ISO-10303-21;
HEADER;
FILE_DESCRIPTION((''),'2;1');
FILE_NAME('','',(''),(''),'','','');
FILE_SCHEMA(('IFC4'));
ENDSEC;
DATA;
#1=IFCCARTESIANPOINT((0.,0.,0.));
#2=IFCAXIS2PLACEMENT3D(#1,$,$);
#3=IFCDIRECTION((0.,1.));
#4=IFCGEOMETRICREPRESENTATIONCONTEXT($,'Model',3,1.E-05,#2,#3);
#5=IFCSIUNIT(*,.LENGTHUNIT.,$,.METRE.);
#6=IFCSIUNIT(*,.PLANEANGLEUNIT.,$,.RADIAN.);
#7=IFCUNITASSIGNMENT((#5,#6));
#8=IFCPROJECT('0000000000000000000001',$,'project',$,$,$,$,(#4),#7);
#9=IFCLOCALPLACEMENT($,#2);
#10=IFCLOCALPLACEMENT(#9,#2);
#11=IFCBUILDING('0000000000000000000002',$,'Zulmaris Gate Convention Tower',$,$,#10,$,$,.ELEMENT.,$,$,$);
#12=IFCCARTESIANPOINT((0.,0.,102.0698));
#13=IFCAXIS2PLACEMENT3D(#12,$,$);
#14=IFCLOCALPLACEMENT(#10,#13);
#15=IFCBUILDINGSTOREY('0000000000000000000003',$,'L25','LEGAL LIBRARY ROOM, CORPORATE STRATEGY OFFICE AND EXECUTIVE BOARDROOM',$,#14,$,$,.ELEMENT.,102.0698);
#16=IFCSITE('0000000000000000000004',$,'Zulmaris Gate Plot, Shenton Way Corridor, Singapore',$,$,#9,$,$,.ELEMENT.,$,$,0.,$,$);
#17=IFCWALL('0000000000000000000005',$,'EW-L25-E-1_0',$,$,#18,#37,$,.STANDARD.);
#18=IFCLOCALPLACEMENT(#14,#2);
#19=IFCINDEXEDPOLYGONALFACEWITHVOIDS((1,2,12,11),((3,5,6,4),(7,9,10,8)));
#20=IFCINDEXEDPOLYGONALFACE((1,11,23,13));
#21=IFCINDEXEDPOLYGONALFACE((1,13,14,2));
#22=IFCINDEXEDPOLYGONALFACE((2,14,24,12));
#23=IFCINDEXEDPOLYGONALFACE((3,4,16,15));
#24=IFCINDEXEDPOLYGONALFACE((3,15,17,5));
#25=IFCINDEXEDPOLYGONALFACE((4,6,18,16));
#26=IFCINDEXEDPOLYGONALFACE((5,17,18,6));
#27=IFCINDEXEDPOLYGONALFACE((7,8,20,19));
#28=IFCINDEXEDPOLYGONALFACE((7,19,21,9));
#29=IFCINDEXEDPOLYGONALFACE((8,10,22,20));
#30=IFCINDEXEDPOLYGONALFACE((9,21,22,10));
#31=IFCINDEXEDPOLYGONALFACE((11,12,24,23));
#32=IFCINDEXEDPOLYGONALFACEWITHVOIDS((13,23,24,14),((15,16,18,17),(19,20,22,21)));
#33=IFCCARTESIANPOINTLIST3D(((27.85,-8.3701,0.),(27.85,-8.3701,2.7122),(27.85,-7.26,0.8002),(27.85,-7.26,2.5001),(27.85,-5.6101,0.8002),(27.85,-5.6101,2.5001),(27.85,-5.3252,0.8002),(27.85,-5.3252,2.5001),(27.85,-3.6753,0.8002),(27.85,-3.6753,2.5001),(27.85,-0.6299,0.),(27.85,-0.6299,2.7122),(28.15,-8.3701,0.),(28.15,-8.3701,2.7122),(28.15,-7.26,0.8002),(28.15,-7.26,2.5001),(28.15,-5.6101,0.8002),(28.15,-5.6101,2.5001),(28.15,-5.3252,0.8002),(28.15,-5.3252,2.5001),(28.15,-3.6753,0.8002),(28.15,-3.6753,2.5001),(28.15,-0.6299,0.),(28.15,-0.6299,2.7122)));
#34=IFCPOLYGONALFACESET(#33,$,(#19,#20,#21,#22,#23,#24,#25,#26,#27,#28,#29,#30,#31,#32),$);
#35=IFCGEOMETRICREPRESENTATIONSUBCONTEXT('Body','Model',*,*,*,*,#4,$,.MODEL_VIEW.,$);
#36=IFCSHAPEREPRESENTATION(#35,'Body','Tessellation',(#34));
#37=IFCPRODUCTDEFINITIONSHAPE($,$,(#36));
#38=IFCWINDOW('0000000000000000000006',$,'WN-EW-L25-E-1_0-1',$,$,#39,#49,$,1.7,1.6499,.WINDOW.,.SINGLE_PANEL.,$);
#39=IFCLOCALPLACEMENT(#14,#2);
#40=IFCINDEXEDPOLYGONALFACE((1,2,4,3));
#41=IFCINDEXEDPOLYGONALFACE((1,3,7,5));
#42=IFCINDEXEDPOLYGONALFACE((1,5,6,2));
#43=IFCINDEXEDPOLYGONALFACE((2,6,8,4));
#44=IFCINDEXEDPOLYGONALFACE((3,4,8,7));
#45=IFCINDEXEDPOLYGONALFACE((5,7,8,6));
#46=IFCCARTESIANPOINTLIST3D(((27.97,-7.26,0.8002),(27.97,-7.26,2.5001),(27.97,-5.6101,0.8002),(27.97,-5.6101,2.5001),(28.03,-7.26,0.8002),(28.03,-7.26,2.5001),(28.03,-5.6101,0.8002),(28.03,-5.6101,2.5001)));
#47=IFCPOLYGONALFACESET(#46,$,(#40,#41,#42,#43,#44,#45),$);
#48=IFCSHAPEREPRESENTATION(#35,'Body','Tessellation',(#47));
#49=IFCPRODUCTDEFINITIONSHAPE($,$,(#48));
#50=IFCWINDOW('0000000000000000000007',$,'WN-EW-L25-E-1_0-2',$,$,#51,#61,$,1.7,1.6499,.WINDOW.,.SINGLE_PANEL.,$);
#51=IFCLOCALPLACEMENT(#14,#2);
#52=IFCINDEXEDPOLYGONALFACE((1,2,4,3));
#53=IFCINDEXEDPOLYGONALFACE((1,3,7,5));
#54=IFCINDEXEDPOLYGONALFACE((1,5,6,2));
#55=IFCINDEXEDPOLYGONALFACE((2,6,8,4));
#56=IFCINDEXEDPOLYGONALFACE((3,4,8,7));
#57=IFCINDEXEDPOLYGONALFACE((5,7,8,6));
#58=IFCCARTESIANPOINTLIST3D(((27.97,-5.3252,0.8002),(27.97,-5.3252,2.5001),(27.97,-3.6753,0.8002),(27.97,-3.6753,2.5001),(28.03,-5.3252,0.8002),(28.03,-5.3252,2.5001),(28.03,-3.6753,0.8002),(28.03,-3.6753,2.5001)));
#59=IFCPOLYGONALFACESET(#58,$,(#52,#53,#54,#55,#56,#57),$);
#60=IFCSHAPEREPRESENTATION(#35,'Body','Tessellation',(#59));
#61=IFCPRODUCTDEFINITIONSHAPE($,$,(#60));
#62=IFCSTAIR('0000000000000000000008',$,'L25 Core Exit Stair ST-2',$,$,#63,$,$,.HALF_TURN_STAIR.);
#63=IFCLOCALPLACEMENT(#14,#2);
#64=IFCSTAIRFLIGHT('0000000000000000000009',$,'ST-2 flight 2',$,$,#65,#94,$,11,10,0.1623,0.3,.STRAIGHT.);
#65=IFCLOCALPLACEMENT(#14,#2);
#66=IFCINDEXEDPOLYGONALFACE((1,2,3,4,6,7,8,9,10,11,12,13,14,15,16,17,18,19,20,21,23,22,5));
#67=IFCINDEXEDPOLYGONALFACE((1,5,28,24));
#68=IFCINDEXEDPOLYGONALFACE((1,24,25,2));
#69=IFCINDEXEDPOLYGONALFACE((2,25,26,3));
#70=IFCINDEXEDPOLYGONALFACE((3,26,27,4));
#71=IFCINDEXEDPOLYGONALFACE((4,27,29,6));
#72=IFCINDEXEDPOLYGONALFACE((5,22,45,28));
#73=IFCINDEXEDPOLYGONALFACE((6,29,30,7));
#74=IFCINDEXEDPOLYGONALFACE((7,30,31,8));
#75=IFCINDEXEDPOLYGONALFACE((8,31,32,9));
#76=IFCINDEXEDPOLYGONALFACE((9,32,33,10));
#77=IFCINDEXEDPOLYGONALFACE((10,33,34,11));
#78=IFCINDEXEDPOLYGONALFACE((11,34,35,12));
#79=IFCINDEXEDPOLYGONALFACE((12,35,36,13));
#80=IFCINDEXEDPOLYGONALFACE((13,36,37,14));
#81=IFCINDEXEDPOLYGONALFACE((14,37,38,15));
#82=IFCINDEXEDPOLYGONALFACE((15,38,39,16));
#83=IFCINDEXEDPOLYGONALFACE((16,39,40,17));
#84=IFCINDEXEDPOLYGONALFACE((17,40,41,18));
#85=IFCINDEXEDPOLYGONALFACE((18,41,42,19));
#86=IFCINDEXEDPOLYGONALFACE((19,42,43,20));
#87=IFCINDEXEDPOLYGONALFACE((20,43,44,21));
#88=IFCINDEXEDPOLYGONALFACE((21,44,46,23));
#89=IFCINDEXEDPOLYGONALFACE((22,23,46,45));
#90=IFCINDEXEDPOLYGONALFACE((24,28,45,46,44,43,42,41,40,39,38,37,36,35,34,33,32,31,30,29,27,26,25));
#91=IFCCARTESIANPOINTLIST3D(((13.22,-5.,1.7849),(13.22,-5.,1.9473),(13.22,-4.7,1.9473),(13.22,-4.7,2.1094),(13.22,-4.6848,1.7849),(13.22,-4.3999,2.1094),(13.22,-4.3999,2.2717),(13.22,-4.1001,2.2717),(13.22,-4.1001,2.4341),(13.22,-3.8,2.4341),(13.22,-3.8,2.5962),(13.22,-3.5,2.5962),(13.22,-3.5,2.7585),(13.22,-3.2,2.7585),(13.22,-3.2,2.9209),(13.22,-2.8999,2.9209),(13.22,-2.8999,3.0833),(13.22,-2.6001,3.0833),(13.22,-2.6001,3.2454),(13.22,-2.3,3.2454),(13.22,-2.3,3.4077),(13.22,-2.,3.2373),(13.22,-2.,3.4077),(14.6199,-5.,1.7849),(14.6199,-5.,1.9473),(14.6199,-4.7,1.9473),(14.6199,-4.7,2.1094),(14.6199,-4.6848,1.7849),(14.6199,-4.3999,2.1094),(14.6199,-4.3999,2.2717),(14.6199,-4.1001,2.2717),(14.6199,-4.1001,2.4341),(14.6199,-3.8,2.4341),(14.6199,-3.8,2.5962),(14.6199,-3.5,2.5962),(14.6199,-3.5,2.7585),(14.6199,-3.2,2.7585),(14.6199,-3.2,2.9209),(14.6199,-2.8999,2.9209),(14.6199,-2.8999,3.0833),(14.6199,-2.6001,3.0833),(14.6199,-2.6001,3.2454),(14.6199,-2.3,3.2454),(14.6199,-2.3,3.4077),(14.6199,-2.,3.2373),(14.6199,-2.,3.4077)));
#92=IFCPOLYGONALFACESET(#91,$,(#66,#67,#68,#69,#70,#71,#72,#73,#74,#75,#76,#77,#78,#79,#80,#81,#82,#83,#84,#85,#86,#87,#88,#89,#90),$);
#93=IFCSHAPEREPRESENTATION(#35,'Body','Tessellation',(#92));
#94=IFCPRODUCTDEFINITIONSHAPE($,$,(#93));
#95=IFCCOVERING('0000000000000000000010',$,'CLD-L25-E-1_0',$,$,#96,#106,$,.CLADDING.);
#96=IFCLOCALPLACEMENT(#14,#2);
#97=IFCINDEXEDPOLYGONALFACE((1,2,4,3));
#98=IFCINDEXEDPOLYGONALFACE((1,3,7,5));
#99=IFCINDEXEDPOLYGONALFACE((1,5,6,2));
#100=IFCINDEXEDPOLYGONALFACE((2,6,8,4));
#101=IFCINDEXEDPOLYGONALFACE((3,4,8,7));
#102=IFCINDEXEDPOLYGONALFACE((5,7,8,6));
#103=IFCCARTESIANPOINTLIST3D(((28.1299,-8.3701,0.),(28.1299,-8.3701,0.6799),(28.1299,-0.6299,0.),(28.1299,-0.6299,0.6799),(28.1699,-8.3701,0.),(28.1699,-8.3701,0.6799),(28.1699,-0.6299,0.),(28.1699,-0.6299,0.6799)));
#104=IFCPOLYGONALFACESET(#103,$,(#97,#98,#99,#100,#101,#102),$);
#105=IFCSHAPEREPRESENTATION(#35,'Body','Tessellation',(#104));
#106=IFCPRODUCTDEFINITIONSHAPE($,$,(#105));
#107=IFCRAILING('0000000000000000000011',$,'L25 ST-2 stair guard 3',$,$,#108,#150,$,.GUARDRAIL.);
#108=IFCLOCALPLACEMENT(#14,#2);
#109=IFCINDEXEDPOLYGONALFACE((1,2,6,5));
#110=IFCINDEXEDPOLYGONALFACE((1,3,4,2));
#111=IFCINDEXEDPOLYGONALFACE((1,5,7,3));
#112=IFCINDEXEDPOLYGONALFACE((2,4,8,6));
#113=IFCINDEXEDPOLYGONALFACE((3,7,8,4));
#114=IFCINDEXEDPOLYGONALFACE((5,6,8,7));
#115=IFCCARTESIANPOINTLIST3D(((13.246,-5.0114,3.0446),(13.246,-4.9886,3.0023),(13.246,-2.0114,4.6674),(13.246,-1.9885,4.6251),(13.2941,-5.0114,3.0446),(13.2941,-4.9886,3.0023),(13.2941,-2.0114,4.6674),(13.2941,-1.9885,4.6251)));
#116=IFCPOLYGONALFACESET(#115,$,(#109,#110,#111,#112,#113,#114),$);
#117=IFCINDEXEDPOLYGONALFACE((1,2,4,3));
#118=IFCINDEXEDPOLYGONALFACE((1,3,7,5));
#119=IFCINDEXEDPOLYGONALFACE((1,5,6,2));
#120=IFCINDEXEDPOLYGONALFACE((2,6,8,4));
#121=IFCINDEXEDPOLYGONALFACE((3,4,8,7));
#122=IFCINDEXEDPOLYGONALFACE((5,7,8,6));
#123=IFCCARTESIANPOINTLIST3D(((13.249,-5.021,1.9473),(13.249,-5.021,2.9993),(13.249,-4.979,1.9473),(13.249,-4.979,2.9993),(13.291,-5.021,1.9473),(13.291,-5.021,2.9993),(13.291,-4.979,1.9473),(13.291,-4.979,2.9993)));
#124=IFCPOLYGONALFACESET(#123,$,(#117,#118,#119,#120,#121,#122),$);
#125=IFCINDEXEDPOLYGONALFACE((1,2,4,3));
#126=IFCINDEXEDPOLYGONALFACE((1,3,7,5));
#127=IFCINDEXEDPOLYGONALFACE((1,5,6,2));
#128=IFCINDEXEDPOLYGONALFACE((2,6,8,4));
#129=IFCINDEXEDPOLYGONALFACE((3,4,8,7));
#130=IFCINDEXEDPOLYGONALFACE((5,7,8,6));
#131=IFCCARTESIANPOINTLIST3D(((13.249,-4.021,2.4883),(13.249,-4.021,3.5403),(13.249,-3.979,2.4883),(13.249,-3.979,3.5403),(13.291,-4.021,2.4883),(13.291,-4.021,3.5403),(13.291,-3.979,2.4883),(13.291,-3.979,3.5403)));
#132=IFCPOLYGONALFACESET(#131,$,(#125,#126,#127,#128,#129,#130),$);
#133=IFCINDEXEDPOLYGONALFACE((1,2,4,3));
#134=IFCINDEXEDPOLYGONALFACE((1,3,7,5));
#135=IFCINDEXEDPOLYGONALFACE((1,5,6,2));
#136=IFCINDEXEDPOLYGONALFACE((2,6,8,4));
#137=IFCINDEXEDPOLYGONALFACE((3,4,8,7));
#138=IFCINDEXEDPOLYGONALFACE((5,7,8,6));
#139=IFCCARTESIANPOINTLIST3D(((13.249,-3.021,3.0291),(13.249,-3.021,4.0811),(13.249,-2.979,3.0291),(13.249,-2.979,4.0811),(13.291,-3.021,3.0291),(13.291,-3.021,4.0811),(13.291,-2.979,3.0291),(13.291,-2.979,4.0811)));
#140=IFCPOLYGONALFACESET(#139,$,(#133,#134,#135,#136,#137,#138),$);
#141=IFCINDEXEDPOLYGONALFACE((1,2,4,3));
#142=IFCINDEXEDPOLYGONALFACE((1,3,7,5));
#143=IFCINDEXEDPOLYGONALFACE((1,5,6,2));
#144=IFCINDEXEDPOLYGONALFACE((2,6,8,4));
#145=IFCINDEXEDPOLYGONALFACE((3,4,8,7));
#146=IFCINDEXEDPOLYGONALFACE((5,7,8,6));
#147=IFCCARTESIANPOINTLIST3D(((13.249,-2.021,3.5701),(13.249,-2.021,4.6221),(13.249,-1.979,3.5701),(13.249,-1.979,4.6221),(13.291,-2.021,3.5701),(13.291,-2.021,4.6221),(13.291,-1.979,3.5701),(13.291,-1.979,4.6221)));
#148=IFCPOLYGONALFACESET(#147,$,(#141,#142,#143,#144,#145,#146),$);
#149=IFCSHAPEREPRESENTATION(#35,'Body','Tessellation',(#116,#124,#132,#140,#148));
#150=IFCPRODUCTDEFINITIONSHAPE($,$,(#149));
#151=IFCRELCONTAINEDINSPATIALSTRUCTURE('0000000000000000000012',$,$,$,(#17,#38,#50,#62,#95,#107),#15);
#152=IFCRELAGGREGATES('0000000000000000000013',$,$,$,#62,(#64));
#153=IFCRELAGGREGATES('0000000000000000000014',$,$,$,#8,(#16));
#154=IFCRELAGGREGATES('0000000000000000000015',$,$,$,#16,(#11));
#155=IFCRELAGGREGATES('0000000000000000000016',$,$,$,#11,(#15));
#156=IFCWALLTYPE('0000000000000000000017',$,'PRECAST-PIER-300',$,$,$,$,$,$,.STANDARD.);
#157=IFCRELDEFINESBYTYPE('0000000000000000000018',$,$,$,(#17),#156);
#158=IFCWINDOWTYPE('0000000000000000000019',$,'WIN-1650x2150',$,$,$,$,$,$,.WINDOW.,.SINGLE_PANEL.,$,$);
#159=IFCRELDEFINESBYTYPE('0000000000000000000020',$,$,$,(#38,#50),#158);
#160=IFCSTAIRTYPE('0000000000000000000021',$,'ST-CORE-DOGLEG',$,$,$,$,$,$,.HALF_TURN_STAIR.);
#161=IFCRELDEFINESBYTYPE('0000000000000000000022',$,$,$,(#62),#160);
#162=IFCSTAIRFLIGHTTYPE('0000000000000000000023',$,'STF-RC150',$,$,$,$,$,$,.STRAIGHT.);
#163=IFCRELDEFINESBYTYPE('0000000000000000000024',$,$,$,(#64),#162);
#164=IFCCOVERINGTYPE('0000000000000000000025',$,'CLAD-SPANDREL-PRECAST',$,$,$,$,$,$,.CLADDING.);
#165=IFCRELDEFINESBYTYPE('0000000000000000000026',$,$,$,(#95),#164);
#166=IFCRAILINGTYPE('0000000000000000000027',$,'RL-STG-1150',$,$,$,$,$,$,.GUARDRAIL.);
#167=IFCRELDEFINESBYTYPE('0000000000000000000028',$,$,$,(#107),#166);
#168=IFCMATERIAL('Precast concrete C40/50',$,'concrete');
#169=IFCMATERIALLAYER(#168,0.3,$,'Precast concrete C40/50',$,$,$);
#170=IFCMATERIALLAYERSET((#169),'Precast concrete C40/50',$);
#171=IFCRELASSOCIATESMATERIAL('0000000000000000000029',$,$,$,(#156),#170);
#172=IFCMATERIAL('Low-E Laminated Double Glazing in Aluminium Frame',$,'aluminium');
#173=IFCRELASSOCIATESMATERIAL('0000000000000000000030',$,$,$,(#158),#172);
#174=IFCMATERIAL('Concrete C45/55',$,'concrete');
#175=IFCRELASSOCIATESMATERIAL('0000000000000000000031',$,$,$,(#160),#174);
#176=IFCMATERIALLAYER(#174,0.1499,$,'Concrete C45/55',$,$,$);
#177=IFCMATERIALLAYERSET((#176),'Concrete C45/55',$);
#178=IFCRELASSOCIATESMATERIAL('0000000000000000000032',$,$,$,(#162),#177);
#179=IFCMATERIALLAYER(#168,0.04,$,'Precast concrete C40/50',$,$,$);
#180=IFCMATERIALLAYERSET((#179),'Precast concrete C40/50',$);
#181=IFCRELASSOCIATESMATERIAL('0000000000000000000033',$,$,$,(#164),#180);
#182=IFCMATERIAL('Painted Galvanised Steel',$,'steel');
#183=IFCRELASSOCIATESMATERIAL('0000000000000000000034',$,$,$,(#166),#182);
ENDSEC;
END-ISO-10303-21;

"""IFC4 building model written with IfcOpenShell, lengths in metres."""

from ifc_helpers import new_model, si_unit, direction, frame, frame_2d, origin, origin_2d, place, context, subcontext, project, spatial, polyline, rectangle, outline, extrude, material, layer, layer_set, type_object, element, fill, aggregate, save


model = new_model("IFC4")

# Units and contexts
model_context = context("Model", 3, precision=1e-05, world=origin(), true_north=direction((0.0, 1.0)))
body_context = subcontext(model_context, "Body", "Model", "MODEL_VIEW")
ifc_project = project(units=[si_unit("LENGTHUNIT", "METRE"), si_unit("PLANEANGLEUNIT", "RADIAN")], contexts=[model_context])

# Site, building, storey
site_placement = place(None, origin())
site = spatial("IfcSite", under=ifc_project, at=site_placement, Name="Zulmaris Gate Plot, Shenton Way Corridor, Singapore", CompositionType="ELEMENT", RefElevation=0.0)
building_placement = place(site_placement, origin())
building = spatial("IfcBuilding", under=site, at=building_placement, Name="Zulmaris Gate Convention Tower", CompositionType="ELEMENT")
storey_placement = place(building_placement, frame((0.0, 0.0, 102.0698)))
storey = spatial("IfcBuildingStorey", under=building, at=storey_placement, Name="L25", Description="LEGAL LIBRARY ROOM, CORPORATE STRATEGY OFFICE AND EXECUTIVE BOARDROOM", CompositionType="ELEMENT", Elevation=102.0698)

# Wall, openings, windows
ifc_material_1 = material(Name="Precast concrete C40/50", Category="concrete")
ifc_layer_1 = layer(ifc_material_1, 0.3, Name="Precast concrete C40/50")
ifc_layer_set_1 = layer_set([ifc_layer_1], Name="Precast concrete C40/50")
wall_type_1 = type_object("IfcWallType", Name="PRECAST-PIER-300", PredefinedType="STANDARD", material=ifc_layer_set_1)
wall_1_placement = place(storey_placement, frame((28.0, -8.3701, 0.0), z_axis=(0.0, 0.0, 1.0), x_axis=(0.0, 1.0, 0.0)))
wall_1 = element("IfcWall", 1, at=wall_1_placement, inside=storey, type_object=wall_type_1, Name="EW-L25-E-1_0", PredefinedType="STANDARD", context=body_context, shape_type="SweptSolid", body=[
    extrude(rectangle(XDim=7.7402, YDim=0.3, at=frame_2d((3.8701, 0.0))), origin(), (0.0, 0.0, 1.0), 2.7122),
])
opening_1_placement = place(wall_1_placement, frame((1.1101, 0.0, 0.8)))
opening_1 = element("IfcOpeningElement", 2, at=opening_1_placement, cuts=wall_1, PredefinedType="OPENING", context=body_context, shape_type="SweptSolid", body=[
    extrude(rectangle(XDim=1.6499, YDim=1.7, at=frame_2d((0.825, 0.8501))), frame((0.0, 0.1602, 0.0), z_axis=(0.0, -1.0, 0.0), x_axis=(1.0, 0.0, 0.0)), (0.0, 0.0, 1.0), 0.3201),
])
opening_2_placement = place(wall_1_placement, frame((3.0449, 0.0, 0.8)))
opening_2 = element("IfcOpeningElement", 3, at=opening_2_placement, cuts=wall_1, PredefinedType="OPENING", context=body_context, shape_type="SweptSolid", body=[
    extrude(rectangle(XDim=1.6499, YDim=1.7, at=frame_2d((0.825, 0.8501))), frame((0.0, 0.1602, 0.0), z_axis=(0.0, -1.0, 0.0), x_axis=(1.0, 0.0, 0.0)), (0.0, 0.0, 1.0), 0.3201),
])
ifc_material_2 = material(Name="Low-E Laminated Double Glazing in Aluminium Frame", Category="aluminium")
window_type = type_object("IfcWindowType", Name="WIN-1650x2150", PartitioningType="SINGLE_PANEL", PredefinedType="WINDOW", material=ifc_material_2)
window_1_placement = place(opening_1_placement, origin())
window_1 = element("IfcWindow", 4, at=window_1_placement, inside=storey, type_object=window_type, Name="WN-EW-L25-E-1_0-1", OverallHeight=1.7, OverallWidth=1.6499, PartitioningType="SINGLE_PANEL", PredefinedType="WINDOW", context=body_context, shape_type="SweptSolid", body=[
    extrude(rectangle(XDim=1.6499, YDim=1.7, at=frame_2d((0.825, 0.8501))), frame((0.0, 0.03, 0.0), z_axis=(0.0, -1.0, 0.0), x_axis=(1.0, 0.0, 0.0)), (0.0, 0.0, 1.0), 0.0601),
])
fill(opening_1, window_1)
window_2_placement = place(opening_2_placement, origin())
window_2 = element("IfcWindow", 5, at=window_2_placement, inside=storey, type_object=window_type, Name="WN-EW-L25-E-1_0-2", OverallHeight=1.7, OverallWidth=1.6499, PartitioningType="SINGLE_PANEL", PredefinedType="WINDOW", context=body_context, shape_type="SweptSolid", body=[
    extrude(rectangle(XDim=1.6499, YDim=1.7, at=frame_2d((0.825, 0.8501))), frame((0.0, 0.03, 0.0), z_axis=(0.0, -1.0, 0.0), x_axis=(1.0, 0.0, 0.0)), (0.0, 0.0, 1.0), 0.0601),
])
fill(opening_2, window_2)

# Stair, stair flight
ifc_material_3 = material(Name="Concrete C45/55", Category="concrete")
stair_type = type_object("IfcStairType", Name="ST-CORE-DOGLEG", PredefinedType="HALF_TURN_STAIR", material=ifc_material_3)
stair_placement = place(storey_placement, origin())
stair = element("IfcStair", 6, at=stair_placement, inside=storey, type_object=stair_type, Name="L25 Core Exit Stair ST-2", PredefinedType="HALF_TURN_STAIR")
ifc_layer_2 = layer(ifc_material_3, 0.1499, Name="Concrete C45/55")
ifc_layer_set_2 = layer_set([ifc_layer_2], Name="Concrete C45/55")
stair_flight_type = type_object("IfcStairFlightType", Name="STF-RC150", PredefinedType="STRAIGHT", material=ifc_layer_set_2)
stair_flight_placement = place(storey_placement, frame((13.9199, -5.0, 1.7849), z_axis=(0.0, 0.0, 1.0), x_axis=(0.0, 1.0, 0.0)))
stair_flight = element("IfcStairFlight", 7, at=stair_flight_placement, type_object=stair_flight_type, Name="ST-2 flight 2", NumberOfRisers=11, NumberOfTreads=10, PredefinedType="STRAIGHT", RiserHeight=0.1623, TreadLength=0.3, context=body_context, shape_type="SweptSolid", body=[
    extrude(outline(polyline([(0.0, 0.0), (0.0, 0.1624), (0.3, 0.1624), (0.3, 0.3245), (0.6001, 0.3245), (0.6001, 0.4868), (0.8999, 0.4868), (0.8999, 0.6492), (1.2, 0.6492), (1.2, 0.8113), (1.5, 0.8113), (1.5, 0.9736), (1.8, 0.9736), (1.8, 1.136), (2.1001, 1.136), (2.1001, 1.2983), (2.3999, 1.2983), (2.3999, 1.4604), (2.7, 1.4604), (2.7, 1.6228), (3.0, 1.6228), (3.0, 1.7852), (3.0, 1.4524), (0.3152, 0.0), (0.0, 0.0)])), frame((0.0, 0.7, 0.0), z_axis=(0.0, -1.0, 0.0), x_axis=(1.0, 0.0, 0.0)), (0.0, 0.0, 1.0), 1.3999),
])
aggregate(stair, [stair_flight])

# Covering
ifc_layer_3 = layer(ifc_material_1, 0.04, Name="Precast concrete C40/50")
ifc_layer_set_3 = layer_set([ifc_layer_3], Name="Precast concrete C40/50")
covering_type = type_object("IfcCoveringType", Name="CLAD-SPANDREL-PRECAST", PredefinedType="CLADDING", material=ifc_layer_set_3)
covering_placement = place(storey_placement, frame((28.1499, -8.3701, 0.0), z_axis=(0.0, 0.0, 1.0), x_axis=(0.0, 1.0, 0.0)))
element("IfcCovering", 8, at=covering_placement, inside=storey, type_object=covering_type, Name="CLD-L25-E-1_0", PredefinedType="CLADDING", context=body_context, shape_type="SweptSolid", body=[
    extrude(rectangle(XDim=7.7402, YDim=0.04, at=frame_2d((3.8701, 0.0))), origin(), (0.0, 0.0, 1.0), 0.6799),
])

# Railing
ifc_material_4 = material(Name="Painted Galvanised Steel", Category="steel")
railing_type_1 = type_object("IfcRailingType", Name="RL-STG-1150", PredefinedType="GUARDRAIL", material=ifc_material_4)
railing_1_placement = place(storey_placement, frame((13.27, -5.0, 1.9473)))
element("IfcRailing", 9, at=railing_1_placement, inside=storey, type_object=railing_type_1, Name="L25 ST-2 stair guard 3", PredefinedType="GUARDRAIL", context=body_context, shape_type="SweptSolid", body=[
    extrude(rectangle(XDim=0.0481, YDim=0.0481, at=origin_2d()), frame((0.0, 0.0, 1.0762), z_axis=(0.0, 0.879562, 0.475785), x_axis=(-1.0, 0.0, 0.0)), (0.0, 0.0, 1.0), 3.4109),
    extrude(rectangle(XDim=0.042, YDim=0.042, at=origin_2d()), origin(), (0.0, 0.0, 1.0), 1.052),
    extrude(rectangle(XDim=0.042, YDim=0.042, at=origin_2d()), frame((0.0, 1.0, 0.541)), (0.0, 0.0, 1.0), 1.052),
    extrude(rectangle(XDim=0.042, YDim=0.042, at=origin_2d()), frame((0.0, 2.0, 1.0818)), (0.0, 0.0, 1.0), 1.052),
    extrude(rectangle(XDim=0.042, YDim=0.042, at=origin_2d()), frame((0.0, 3.0, 1.6228)), (0.0, 0.0, 1.0), 1.052),
])

save(model, "model.ifc")
